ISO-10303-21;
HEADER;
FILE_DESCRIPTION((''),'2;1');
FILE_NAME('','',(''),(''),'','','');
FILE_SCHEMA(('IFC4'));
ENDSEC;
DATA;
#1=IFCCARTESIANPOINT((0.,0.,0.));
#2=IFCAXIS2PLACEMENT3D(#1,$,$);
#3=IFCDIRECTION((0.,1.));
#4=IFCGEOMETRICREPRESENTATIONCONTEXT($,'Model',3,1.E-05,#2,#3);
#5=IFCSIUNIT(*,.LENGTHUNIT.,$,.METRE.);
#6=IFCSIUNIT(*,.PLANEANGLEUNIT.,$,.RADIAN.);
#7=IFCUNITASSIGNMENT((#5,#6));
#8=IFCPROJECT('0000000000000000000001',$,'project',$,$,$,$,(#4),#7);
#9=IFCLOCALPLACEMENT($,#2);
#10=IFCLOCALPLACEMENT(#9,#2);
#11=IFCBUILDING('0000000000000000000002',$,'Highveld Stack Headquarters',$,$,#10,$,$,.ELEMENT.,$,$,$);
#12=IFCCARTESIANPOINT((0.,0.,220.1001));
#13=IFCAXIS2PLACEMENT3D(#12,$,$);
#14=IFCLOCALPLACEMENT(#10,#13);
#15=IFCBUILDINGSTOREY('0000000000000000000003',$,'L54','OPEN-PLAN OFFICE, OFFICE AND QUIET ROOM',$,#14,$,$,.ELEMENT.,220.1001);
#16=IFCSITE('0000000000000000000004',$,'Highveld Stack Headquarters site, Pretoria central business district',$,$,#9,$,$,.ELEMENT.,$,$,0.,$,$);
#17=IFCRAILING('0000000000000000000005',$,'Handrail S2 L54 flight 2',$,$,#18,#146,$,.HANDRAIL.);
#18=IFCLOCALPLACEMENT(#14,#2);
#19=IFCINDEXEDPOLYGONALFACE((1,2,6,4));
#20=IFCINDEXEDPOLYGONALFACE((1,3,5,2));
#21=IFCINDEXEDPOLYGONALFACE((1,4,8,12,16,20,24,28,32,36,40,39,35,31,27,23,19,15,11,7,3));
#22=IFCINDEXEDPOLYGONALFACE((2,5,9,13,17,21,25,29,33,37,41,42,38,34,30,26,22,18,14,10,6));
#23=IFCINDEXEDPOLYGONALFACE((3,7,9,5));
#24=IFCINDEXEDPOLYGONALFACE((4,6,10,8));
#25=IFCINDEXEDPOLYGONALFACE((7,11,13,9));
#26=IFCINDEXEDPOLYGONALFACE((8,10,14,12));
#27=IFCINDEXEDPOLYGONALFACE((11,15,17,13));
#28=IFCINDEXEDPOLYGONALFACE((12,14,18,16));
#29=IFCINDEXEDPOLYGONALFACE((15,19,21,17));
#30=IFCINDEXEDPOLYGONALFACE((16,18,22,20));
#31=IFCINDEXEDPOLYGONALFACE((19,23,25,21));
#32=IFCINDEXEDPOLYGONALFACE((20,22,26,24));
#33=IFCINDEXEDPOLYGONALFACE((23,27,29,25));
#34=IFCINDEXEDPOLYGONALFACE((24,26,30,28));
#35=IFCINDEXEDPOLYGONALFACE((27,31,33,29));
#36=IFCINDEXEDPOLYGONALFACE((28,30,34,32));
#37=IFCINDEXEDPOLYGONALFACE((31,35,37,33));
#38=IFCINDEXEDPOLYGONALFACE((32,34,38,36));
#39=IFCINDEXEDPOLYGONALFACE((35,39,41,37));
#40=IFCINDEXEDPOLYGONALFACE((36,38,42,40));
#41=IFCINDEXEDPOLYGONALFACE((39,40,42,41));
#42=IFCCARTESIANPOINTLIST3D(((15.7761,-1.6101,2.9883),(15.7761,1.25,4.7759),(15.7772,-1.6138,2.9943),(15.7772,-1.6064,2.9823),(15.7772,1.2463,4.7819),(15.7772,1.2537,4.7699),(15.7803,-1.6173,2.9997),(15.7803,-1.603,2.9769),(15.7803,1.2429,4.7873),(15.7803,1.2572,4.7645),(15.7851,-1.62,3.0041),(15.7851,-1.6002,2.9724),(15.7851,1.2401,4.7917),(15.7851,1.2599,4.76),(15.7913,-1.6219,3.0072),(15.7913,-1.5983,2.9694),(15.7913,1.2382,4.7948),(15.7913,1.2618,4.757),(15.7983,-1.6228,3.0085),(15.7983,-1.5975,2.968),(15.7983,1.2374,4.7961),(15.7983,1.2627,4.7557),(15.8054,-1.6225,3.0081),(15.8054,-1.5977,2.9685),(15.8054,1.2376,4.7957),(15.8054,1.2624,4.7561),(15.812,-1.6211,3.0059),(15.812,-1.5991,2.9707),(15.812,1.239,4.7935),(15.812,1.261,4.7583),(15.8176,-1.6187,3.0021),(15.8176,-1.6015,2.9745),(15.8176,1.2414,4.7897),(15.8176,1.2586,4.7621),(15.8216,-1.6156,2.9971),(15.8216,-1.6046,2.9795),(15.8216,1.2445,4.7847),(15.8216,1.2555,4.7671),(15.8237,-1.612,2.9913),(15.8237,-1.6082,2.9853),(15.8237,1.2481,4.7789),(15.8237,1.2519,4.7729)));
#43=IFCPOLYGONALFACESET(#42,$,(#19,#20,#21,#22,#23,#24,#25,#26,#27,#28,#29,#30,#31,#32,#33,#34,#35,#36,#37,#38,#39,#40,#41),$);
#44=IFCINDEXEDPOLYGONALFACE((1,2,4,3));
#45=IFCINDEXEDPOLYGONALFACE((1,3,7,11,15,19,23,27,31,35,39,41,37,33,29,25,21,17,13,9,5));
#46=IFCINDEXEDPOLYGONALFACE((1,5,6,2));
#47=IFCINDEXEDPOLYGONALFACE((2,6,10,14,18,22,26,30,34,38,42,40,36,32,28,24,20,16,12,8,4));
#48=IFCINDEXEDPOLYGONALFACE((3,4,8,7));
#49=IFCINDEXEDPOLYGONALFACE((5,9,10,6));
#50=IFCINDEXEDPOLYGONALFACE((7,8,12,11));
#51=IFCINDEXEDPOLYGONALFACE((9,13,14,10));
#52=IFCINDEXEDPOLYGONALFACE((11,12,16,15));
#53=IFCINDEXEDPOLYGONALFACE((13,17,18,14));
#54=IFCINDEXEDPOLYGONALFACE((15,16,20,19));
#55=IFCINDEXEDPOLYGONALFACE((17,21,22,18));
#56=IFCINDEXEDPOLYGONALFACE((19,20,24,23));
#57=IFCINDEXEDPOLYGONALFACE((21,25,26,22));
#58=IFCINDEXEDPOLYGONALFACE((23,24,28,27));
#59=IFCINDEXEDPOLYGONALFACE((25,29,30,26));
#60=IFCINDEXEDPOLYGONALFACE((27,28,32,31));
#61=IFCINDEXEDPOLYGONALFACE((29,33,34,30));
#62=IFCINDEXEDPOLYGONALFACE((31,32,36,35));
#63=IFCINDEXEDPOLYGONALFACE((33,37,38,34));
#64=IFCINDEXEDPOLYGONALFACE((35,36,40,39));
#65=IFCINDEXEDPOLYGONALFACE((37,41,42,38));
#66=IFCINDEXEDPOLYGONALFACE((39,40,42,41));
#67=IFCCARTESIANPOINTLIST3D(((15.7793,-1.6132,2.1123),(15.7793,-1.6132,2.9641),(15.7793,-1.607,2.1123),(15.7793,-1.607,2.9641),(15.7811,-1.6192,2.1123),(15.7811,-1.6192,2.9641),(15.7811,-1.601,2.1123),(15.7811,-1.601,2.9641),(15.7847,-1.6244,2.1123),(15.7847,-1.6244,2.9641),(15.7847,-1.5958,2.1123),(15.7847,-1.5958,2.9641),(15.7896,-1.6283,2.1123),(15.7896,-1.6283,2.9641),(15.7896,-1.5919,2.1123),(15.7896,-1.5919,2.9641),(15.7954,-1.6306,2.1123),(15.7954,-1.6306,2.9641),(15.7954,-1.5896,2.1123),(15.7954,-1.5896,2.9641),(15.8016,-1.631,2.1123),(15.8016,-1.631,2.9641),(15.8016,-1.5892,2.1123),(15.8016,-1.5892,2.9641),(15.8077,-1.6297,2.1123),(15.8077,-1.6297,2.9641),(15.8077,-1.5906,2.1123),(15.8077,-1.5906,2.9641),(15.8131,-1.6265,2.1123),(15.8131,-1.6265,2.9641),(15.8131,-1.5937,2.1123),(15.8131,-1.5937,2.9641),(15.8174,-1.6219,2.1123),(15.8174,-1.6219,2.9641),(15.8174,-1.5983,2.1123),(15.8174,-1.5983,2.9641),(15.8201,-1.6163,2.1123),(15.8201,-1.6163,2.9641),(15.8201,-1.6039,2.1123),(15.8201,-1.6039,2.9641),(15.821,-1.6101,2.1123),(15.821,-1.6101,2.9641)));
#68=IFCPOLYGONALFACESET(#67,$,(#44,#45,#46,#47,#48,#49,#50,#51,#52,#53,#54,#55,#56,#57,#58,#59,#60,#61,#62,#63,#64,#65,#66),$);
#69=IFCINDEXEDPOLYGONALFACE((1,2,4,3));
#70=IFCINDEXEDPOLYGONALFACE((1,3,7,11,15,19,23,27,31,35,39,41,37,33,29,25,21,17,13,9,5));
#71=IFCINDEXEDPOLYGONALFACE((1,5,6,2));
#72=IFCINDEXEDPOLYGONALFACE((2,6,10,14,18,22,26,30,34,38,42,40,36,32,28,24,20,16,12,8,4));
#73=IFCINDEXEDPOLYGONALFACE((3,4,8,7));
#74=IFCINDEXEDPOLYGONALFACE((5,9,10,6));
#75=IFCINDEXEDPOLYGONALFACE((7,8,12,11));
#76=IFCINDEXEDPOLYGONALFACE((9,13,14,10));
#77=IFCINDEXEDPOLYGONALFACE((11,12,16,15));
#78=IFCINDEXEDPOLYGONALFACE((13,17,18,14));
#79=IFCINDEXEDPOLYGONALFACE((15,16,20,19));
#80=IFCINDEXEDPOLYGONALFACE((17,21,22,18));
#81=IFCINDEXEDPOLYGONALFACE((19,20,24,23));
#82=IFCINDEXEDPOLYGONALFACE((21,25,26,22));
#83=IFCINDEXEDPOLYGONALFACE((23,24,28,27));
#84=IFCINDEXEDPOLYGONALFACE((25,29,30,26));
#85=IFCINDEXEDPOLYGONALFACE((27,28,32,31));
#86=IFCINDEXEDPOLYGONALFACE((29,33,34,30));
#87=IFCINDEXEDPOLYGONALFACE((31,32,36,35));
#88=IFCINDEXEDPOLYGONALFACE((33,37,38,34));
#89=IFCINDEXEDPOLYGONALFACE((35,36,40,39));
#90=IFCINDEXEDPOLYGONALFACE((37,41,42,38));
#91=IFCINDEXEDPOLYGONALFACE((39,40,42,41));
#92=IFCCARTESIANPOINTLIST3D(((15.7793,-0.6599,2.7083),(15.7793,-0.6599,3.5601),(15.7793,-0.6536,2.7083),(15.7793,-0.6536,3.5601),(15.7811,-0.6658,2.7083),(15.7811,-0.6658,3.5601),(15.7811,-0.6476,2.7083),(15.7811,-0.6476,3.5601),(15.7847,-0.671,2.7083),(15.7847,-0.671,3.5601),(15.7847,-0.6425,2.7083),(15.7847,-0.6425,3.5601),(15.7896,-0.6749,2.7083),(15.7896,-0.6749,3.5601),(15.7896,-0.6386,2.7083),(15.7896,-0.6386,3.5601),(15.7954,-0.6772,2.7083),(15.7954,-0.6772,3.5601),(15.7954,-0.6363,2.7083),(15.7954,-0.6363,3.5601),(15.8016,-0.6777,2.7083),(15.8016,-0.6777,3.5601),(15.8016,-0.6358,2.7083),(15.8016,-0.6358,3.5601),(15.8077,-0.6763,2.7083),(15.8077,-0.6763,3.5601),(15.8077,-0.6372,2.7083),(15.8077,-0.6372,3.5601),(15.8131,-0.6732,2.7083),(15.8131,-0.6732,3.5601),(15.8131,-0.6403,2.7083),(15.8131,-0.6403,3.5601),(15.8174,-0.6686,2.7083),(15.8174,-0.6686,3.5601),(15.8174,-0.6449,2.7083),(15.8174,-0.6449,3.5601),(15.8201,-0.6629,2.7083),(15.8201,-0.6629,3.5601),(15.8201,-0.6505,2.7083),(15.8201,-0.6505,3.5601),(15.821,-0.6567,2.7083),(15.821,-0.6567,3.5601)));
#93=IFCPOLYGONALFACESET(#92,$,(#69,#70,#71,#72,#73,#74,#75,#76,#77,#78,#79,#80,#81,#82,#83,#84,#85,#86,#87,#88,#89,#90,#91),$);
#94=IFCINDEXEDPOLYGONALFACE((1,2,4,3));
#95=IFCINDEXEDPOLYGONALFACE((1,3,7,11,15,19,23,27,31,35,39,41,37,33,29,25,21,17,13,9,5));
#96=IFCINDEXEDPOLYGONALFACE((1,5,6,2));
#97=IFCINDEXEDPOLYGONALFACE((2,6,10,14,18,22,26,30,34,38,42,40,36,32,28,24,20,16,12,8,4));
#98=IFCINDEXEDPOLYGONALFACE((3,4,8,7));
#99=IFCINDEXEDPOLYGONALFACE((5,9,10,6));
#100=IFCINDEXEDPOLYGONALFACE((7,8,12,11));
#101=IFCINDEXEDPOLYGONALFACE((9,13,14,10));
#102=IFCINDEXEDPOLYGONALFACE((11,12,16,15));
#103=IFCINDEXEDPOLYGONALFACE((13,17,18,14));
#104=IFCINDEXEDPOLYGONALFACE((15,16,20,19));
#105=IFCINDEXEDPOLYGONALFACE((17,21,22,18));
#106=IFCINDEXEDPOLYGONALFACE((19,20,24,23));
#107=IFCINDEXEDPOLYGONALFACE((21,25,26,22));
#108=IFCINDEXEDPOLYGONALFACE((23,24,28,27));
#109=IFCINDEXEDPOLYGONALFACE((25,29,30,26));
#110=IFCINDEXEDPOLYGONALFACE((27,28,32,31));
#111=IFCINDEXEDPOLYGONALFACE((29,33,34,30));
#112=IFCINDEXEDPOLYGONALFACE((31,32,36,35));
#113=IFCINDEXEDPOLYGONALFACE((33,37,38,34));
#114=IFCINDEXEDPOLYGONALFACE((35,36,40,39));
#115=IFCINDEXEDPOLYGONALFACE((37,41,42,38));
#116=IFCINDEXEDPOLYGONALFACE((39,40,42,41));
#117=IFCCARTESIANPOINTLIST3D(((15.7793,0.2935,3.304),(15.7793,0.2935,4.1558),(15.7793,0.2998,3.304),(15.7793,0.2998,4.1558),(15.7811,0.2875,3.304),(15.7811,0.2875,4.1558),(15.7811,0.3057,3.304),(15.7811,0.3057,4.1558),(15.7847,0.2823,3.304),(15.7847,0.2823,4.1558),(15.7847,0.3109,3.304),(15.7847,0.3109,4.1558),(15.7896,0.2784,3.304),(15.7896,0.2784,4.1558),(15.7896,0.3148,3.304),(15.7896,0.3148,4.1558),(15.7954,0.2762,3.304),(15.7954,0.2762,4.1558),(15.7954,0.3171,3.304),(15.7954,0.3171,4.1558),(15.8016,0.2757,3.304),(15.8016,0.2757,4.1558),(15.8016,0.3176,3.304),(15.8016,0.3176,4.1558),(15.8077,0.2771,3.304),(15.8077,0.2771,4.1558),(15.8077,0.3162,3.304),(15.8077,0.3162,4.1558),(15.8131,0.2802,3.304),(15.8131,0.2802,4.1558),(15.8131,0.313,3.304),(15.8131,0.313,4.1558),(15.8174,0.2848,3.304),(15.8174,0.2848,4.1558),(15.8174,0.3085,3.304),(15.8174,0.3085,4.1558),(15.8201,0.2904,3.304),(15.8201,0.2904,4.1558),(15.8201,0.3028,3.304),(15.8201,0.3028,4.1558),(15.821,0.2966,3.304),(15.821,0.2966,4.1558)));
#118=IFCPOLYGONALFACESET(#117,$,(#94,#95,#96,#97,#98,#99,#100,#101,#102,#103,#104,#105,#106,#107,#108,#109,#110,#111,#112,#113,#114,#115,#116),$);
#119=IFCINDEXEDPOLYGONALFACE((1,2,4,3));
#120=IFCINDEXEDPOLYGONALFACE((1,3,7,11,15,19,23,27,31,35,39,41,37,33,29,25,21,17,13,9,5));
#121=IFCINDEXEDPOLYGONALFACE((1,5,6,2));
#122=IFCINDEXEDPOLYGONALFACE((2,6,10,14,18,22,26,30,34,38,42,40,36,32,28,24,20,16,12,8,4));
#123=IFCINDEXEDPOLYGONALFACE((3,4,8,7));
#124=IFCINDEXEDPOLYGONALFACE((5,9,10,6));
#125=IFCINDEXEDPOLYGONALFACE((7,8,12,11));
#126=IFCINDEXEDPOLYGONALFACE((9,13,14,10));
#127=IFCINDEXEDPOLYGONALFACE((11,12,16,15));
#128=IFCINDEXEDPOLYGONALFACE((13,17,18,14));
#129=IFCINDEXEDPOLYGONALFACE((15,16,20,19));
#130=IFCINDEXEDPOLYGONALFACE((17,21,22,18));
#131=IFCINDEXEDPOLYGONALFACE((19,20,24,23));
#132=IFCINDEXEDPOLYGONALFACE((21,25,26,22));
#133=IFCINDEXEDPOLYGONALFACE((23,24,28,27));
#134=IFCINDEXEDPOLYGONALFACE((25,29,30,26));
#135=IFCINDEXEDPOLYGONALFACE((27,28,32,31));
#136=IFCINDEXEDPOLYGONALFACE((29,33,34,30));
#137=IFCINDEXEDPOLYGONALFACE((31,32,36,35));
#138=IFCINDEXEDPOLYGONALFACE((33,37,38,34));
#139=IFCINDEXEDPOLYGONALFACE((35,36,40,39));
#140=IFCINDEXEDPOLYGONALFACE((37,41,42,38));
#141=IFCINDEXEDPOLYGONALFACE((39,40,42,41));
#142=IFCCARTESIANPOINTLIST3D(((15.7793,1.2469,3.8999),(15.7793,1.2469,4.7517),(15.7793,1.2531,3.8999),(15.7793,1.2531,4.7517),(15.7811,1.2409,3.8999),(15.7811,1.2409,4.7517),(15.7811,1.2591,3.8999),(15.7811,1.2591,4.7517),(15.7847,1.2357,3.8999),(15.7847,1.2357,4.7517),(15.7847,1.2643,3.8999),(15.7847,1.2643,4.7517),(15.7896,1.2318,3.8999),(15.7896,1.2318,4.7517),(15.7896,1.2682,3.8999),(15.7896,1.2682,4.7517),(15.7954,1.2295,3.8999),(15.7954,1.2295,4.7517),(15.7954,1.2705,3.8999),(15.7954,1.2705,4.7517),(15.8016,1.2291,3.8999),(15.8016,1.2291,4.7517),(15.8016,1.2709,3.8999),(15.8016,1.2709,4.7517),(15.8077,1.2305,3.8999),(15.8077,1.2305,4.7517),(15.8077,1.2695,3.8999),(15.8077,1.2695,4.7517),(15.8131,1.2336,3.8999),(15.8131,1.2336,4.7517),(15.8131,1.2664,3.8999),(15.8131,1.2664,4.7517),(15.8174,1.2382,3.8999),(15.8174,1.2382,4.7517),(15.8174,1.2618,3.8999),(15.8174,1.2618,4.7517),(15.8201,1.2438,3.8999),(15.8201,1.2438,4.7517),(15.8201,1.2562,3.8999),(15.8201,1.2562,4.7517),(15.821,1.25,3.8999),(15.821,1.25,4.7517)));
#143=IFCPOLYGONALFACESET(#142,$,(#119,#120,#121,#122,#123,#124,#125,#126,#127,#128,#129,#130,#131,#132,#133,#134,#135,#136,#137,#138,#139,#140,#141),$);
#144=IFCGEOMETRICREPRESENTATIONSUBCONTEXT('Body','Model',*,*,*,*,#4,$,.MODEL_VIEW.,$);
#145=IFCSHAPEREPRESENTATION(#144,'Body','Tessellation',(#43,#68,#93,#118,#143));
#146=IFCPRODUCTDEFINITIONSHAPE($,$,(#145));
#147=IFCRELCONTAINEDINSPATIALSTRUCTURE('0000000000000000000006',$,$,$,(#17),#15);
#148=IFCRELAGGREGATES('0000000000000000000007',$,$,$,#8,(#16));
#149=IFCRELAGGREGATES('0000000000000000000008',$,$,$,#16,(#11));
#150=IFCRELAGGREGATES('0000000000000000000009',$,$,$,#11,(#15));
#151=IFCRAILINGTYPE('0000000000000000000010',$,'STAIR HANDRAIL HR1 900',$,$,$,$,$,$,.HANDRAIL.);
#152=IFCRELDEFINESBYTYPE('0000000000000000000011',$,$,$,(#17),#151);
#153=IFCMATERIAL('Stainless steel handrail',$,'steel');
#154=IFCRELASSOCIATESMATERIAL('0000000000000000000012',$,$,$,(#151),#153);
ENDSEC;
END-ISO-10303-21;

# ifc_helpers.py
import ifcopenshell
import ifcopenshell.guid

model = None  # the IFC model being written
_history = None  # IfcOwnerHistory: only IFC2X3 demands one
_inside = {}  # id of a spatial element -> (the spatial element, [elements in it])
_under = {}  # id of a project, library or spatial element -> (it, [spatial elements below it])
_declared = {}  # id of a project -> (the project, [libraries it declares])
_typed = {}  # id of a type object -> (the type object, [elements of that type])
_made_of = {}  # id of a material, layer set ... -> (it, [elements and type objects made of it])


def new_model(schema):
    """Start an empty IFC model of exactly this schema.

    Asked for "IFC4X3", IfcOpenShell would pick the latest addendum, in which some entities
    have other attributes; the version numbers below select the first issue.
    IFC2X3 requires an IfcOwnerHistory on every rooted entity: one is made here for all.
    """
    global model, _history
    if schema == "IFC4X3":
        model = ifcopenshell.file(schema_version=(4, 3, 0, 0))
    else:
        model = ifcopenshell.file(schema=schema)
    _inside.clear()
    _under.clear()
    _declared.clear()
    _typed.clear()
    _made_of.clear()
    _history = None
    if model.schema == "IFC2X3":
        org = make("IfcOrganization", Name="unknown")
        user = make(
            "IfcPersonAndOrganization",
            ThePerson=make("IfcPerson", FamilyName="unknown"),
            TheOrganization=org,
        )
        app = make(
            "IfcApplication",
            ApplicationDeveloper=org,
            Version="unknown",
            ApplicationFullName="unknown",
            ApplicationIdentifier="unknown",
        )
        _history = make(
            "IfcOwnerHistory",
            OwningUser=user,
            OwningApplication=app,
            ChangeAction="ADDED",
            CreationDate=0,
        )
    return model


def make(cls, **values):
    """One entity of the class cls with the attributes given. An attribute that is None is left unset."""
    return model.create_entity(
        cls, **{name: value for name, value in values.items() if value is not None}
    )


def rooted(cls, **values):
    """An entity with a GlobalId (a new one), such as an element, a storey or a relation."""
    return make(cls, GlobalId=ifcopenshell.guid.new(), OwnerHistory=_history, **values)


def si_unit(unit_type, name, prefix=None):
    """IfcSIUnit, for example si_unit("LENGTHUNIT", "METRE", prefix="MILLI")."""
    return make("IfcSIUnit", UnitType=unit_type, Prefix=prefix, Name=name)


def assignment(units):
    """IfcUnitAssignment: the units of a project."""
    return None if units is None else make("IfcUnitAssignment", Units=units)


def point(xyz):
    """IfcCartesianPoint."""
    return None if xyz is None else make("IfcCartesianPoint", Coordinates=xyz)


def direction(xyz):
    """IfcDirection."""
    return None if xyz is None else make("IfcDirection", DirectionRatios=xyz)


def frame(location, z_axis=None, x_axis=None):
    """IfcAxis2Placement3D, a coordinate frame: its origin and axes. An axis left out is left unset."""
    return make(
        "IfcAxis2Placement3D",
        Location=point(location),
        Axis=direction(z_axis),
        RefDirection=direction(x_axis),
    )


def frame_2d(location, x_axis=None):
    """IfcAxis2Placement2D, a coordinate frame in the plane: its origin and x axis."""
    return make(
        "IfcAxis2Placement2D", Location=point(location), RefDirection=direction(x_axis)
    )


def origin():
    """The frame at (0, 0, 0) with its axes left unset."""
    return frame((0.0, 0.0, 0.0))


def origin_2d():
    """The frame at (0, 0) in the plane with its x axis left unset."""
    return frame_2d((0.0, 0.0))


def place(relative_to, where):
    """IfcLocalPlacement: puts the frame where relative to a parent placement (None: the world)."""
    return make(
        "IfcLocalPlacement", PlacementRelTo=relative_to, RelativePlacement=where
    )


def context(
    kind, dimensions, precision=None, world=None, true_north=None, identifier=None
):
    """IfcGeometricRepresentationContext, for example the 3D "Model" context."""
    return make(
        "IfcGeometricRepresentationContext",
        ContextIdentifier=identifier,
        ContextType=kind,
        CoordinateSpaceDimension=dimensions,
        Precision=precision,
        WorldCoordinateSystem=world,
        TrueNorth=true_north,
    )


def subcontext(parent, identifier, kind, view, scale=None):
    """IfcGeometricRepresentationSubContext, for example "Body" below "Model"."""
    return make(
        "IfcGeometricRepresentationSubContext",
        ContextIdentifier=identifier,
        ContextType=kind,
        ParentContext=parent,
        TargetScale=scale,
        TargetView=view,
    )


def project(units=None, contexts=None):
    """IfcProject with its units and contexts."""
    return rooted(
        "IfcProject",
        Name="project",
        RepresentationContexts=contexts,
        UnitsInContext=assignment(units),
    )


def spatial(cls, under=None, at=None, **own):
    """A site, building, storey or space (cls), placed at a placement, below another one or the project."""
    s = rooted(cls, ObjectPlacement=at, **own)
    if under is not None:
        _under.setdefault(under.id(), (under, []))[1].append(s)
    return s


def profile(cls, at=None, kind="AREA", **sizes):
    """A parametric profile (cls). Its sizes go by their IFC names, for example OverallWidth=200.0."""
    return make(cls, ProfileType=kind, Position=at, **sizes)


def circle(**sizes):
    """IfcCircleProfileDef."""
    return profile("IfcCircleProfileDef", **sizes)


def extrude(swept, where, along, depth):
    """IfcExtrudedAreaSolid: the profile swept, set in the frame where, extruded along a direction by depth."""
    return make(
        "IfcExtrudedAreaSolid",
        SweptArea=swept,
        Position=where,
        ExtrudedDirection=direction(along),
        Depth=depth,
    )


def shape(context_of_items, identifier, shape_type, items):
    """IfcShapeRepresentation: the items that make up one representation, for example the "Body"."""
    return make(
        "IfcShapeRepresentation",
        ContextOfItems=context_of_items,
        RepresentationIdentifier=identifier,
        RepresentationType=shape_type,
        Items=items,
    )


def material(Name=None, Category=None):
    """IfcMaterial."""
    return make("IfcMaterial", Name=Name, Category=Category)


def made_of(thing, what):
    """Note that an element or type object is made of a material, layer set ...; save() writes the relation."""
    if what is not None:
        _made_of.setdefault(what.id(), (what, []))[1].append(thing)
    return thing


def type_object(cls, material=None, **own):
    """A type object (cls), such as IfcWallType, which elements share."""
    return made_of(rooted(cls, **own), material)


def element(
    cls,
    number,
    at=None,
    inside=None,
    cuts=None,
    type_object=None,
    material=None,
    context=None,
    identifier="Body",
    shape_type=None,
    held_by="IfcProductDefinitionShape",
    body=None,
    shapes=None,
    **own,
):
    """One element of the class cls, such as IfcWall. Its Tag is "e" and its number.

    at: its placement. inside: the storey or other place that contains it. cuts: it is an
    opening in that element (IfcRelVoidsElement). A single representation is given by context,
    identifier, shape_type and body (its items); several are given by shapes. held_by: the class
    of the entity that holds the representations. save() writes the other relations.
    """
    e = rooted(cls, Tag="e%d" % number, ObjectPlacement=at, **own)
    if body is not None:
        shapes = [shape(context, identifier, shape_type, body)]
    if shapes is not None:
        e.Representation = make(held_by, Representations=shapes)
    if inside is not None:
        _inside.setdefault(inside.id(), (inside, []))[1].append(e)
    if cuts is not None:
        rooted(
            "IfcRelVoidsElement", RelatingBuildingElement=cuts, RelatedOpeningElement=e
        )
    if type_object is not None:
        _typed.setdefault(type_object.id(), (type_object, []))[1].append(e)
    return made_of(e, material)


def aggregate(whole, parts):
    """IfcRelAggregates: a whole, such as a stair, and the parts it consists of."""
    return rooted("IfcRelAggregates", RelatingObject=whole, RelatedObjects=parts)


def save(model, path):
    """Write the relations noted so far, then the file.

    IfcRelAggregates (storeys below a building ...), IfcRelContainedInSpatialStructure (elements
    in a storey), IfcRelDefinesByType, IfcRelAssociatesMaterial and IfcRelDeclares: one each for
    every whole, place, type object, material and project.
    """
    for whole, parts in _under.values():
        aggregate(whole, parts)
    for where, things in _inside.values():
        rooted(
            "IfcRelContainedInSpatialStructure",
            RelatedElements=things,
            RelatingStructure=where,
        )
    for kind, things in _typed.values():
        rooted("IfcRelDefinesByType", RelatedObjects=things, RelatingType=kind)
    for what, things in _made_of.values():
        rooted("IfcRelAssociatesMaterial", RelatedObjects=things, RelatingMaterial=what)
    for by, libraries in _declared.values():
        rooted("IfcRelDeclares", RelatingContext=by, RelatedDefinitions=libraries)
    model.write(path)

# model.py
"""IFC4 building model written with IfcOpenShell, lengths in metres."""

from ifc_helpers import new_model, si_unit, direction, frame, origin, origin_2d, place, context, subcontext, project, spatial, circle, extrude, material, type_object, element, save


model = new_model("IFC4")

# Units and contexts
model_context = context("Model", 3, precision=1e-05, world=origin(), true_north=direction((0.0, 1.0)))
body_context = subcontext(model_context, "Body", "Model", "MODEL_VIEW")
ifc_project = project(units=[si_unit("LENGTHUNIT", "METRE"), si_unit("PLANEANGLEUNIT", "RADIAN")], contexts=[model_context])

# Site, building, storey
site_placement = place(None, origin())
site = spatial("IfcSite", under=ifc_project, at=site_placement, Name="Highveld Stack Headquarters site, Pretoria central business district", CompositionType="ELEMENT", RefElevation=0.0)
building_placement = place(site_placement, origin())
building = spatial("IfcBuilding", under=site, at=building_placement, Name="Highveld Stack Headquarters", CompositionType="ELEMENT")
storey_placement = place(building_placement, frame((0.0, 0.0, 220.1001)))
storey = spatial("IfcBuildingStorey", under=building, at=storey_placement, Name="L54", Description="OPEN-PLAN OFFICE, OFFICE AND QUIET ROOM", CompositionType="ELEMENT", Elevation=220.1001)

# Railing
ifc_material_1 = material(Name="Stainless steel handrail", Category="steel")
railing_type = type_object("IfcRailingType", Name="STAIR HANDRAIL HR1 900", PredefinedType="HANDRAIL", material=ifc_material_1)
railing_placement = place(storey_placement, frame((15.8, -1.6101, 2.1123)))
element("IfcRailing", 1, at=railing_placement, inside=storey, type_object=railing_type, Name="Handrail S2 L54 flight 2", PredefinedType="HANDRAIL", context=body_context, shape_type="SweptSolid", body=[
    extrude(circle(Radius=0.0239, at=origin_2d()), frame((0.0, 0.0, 0.876), z_axis=(0.0, 0.847994, 0.530005), x_axis=(-1.0, 0.0, 0.0)), (0.0, 0.0, 1.0), 3.3728),
    extrude(circle(Radius=0.021, at=origin_2d()), origin(), (0.0, 0.0, 1.0), 0.8518),
    extrude(circle(Radius=0.021, at=origin_2d()), frame((0.0, 0.9534, 0.5959)), (0.0, 0.0, 1.0), 0.8518),
    extrude(circle(Radius=0.021, at=origin_2d()), frame((0.0, 1.9067, 1.1917)), (0.0, 0.0, 1.0), 0.8518),
    extrude(circle(Radius=0.021, at=origin_2d()), frame((0.0, 2.8601, 1.7876)), (0.0, 0.0, 1.0), 0.8518),
])

save(model, "model.ifc")
